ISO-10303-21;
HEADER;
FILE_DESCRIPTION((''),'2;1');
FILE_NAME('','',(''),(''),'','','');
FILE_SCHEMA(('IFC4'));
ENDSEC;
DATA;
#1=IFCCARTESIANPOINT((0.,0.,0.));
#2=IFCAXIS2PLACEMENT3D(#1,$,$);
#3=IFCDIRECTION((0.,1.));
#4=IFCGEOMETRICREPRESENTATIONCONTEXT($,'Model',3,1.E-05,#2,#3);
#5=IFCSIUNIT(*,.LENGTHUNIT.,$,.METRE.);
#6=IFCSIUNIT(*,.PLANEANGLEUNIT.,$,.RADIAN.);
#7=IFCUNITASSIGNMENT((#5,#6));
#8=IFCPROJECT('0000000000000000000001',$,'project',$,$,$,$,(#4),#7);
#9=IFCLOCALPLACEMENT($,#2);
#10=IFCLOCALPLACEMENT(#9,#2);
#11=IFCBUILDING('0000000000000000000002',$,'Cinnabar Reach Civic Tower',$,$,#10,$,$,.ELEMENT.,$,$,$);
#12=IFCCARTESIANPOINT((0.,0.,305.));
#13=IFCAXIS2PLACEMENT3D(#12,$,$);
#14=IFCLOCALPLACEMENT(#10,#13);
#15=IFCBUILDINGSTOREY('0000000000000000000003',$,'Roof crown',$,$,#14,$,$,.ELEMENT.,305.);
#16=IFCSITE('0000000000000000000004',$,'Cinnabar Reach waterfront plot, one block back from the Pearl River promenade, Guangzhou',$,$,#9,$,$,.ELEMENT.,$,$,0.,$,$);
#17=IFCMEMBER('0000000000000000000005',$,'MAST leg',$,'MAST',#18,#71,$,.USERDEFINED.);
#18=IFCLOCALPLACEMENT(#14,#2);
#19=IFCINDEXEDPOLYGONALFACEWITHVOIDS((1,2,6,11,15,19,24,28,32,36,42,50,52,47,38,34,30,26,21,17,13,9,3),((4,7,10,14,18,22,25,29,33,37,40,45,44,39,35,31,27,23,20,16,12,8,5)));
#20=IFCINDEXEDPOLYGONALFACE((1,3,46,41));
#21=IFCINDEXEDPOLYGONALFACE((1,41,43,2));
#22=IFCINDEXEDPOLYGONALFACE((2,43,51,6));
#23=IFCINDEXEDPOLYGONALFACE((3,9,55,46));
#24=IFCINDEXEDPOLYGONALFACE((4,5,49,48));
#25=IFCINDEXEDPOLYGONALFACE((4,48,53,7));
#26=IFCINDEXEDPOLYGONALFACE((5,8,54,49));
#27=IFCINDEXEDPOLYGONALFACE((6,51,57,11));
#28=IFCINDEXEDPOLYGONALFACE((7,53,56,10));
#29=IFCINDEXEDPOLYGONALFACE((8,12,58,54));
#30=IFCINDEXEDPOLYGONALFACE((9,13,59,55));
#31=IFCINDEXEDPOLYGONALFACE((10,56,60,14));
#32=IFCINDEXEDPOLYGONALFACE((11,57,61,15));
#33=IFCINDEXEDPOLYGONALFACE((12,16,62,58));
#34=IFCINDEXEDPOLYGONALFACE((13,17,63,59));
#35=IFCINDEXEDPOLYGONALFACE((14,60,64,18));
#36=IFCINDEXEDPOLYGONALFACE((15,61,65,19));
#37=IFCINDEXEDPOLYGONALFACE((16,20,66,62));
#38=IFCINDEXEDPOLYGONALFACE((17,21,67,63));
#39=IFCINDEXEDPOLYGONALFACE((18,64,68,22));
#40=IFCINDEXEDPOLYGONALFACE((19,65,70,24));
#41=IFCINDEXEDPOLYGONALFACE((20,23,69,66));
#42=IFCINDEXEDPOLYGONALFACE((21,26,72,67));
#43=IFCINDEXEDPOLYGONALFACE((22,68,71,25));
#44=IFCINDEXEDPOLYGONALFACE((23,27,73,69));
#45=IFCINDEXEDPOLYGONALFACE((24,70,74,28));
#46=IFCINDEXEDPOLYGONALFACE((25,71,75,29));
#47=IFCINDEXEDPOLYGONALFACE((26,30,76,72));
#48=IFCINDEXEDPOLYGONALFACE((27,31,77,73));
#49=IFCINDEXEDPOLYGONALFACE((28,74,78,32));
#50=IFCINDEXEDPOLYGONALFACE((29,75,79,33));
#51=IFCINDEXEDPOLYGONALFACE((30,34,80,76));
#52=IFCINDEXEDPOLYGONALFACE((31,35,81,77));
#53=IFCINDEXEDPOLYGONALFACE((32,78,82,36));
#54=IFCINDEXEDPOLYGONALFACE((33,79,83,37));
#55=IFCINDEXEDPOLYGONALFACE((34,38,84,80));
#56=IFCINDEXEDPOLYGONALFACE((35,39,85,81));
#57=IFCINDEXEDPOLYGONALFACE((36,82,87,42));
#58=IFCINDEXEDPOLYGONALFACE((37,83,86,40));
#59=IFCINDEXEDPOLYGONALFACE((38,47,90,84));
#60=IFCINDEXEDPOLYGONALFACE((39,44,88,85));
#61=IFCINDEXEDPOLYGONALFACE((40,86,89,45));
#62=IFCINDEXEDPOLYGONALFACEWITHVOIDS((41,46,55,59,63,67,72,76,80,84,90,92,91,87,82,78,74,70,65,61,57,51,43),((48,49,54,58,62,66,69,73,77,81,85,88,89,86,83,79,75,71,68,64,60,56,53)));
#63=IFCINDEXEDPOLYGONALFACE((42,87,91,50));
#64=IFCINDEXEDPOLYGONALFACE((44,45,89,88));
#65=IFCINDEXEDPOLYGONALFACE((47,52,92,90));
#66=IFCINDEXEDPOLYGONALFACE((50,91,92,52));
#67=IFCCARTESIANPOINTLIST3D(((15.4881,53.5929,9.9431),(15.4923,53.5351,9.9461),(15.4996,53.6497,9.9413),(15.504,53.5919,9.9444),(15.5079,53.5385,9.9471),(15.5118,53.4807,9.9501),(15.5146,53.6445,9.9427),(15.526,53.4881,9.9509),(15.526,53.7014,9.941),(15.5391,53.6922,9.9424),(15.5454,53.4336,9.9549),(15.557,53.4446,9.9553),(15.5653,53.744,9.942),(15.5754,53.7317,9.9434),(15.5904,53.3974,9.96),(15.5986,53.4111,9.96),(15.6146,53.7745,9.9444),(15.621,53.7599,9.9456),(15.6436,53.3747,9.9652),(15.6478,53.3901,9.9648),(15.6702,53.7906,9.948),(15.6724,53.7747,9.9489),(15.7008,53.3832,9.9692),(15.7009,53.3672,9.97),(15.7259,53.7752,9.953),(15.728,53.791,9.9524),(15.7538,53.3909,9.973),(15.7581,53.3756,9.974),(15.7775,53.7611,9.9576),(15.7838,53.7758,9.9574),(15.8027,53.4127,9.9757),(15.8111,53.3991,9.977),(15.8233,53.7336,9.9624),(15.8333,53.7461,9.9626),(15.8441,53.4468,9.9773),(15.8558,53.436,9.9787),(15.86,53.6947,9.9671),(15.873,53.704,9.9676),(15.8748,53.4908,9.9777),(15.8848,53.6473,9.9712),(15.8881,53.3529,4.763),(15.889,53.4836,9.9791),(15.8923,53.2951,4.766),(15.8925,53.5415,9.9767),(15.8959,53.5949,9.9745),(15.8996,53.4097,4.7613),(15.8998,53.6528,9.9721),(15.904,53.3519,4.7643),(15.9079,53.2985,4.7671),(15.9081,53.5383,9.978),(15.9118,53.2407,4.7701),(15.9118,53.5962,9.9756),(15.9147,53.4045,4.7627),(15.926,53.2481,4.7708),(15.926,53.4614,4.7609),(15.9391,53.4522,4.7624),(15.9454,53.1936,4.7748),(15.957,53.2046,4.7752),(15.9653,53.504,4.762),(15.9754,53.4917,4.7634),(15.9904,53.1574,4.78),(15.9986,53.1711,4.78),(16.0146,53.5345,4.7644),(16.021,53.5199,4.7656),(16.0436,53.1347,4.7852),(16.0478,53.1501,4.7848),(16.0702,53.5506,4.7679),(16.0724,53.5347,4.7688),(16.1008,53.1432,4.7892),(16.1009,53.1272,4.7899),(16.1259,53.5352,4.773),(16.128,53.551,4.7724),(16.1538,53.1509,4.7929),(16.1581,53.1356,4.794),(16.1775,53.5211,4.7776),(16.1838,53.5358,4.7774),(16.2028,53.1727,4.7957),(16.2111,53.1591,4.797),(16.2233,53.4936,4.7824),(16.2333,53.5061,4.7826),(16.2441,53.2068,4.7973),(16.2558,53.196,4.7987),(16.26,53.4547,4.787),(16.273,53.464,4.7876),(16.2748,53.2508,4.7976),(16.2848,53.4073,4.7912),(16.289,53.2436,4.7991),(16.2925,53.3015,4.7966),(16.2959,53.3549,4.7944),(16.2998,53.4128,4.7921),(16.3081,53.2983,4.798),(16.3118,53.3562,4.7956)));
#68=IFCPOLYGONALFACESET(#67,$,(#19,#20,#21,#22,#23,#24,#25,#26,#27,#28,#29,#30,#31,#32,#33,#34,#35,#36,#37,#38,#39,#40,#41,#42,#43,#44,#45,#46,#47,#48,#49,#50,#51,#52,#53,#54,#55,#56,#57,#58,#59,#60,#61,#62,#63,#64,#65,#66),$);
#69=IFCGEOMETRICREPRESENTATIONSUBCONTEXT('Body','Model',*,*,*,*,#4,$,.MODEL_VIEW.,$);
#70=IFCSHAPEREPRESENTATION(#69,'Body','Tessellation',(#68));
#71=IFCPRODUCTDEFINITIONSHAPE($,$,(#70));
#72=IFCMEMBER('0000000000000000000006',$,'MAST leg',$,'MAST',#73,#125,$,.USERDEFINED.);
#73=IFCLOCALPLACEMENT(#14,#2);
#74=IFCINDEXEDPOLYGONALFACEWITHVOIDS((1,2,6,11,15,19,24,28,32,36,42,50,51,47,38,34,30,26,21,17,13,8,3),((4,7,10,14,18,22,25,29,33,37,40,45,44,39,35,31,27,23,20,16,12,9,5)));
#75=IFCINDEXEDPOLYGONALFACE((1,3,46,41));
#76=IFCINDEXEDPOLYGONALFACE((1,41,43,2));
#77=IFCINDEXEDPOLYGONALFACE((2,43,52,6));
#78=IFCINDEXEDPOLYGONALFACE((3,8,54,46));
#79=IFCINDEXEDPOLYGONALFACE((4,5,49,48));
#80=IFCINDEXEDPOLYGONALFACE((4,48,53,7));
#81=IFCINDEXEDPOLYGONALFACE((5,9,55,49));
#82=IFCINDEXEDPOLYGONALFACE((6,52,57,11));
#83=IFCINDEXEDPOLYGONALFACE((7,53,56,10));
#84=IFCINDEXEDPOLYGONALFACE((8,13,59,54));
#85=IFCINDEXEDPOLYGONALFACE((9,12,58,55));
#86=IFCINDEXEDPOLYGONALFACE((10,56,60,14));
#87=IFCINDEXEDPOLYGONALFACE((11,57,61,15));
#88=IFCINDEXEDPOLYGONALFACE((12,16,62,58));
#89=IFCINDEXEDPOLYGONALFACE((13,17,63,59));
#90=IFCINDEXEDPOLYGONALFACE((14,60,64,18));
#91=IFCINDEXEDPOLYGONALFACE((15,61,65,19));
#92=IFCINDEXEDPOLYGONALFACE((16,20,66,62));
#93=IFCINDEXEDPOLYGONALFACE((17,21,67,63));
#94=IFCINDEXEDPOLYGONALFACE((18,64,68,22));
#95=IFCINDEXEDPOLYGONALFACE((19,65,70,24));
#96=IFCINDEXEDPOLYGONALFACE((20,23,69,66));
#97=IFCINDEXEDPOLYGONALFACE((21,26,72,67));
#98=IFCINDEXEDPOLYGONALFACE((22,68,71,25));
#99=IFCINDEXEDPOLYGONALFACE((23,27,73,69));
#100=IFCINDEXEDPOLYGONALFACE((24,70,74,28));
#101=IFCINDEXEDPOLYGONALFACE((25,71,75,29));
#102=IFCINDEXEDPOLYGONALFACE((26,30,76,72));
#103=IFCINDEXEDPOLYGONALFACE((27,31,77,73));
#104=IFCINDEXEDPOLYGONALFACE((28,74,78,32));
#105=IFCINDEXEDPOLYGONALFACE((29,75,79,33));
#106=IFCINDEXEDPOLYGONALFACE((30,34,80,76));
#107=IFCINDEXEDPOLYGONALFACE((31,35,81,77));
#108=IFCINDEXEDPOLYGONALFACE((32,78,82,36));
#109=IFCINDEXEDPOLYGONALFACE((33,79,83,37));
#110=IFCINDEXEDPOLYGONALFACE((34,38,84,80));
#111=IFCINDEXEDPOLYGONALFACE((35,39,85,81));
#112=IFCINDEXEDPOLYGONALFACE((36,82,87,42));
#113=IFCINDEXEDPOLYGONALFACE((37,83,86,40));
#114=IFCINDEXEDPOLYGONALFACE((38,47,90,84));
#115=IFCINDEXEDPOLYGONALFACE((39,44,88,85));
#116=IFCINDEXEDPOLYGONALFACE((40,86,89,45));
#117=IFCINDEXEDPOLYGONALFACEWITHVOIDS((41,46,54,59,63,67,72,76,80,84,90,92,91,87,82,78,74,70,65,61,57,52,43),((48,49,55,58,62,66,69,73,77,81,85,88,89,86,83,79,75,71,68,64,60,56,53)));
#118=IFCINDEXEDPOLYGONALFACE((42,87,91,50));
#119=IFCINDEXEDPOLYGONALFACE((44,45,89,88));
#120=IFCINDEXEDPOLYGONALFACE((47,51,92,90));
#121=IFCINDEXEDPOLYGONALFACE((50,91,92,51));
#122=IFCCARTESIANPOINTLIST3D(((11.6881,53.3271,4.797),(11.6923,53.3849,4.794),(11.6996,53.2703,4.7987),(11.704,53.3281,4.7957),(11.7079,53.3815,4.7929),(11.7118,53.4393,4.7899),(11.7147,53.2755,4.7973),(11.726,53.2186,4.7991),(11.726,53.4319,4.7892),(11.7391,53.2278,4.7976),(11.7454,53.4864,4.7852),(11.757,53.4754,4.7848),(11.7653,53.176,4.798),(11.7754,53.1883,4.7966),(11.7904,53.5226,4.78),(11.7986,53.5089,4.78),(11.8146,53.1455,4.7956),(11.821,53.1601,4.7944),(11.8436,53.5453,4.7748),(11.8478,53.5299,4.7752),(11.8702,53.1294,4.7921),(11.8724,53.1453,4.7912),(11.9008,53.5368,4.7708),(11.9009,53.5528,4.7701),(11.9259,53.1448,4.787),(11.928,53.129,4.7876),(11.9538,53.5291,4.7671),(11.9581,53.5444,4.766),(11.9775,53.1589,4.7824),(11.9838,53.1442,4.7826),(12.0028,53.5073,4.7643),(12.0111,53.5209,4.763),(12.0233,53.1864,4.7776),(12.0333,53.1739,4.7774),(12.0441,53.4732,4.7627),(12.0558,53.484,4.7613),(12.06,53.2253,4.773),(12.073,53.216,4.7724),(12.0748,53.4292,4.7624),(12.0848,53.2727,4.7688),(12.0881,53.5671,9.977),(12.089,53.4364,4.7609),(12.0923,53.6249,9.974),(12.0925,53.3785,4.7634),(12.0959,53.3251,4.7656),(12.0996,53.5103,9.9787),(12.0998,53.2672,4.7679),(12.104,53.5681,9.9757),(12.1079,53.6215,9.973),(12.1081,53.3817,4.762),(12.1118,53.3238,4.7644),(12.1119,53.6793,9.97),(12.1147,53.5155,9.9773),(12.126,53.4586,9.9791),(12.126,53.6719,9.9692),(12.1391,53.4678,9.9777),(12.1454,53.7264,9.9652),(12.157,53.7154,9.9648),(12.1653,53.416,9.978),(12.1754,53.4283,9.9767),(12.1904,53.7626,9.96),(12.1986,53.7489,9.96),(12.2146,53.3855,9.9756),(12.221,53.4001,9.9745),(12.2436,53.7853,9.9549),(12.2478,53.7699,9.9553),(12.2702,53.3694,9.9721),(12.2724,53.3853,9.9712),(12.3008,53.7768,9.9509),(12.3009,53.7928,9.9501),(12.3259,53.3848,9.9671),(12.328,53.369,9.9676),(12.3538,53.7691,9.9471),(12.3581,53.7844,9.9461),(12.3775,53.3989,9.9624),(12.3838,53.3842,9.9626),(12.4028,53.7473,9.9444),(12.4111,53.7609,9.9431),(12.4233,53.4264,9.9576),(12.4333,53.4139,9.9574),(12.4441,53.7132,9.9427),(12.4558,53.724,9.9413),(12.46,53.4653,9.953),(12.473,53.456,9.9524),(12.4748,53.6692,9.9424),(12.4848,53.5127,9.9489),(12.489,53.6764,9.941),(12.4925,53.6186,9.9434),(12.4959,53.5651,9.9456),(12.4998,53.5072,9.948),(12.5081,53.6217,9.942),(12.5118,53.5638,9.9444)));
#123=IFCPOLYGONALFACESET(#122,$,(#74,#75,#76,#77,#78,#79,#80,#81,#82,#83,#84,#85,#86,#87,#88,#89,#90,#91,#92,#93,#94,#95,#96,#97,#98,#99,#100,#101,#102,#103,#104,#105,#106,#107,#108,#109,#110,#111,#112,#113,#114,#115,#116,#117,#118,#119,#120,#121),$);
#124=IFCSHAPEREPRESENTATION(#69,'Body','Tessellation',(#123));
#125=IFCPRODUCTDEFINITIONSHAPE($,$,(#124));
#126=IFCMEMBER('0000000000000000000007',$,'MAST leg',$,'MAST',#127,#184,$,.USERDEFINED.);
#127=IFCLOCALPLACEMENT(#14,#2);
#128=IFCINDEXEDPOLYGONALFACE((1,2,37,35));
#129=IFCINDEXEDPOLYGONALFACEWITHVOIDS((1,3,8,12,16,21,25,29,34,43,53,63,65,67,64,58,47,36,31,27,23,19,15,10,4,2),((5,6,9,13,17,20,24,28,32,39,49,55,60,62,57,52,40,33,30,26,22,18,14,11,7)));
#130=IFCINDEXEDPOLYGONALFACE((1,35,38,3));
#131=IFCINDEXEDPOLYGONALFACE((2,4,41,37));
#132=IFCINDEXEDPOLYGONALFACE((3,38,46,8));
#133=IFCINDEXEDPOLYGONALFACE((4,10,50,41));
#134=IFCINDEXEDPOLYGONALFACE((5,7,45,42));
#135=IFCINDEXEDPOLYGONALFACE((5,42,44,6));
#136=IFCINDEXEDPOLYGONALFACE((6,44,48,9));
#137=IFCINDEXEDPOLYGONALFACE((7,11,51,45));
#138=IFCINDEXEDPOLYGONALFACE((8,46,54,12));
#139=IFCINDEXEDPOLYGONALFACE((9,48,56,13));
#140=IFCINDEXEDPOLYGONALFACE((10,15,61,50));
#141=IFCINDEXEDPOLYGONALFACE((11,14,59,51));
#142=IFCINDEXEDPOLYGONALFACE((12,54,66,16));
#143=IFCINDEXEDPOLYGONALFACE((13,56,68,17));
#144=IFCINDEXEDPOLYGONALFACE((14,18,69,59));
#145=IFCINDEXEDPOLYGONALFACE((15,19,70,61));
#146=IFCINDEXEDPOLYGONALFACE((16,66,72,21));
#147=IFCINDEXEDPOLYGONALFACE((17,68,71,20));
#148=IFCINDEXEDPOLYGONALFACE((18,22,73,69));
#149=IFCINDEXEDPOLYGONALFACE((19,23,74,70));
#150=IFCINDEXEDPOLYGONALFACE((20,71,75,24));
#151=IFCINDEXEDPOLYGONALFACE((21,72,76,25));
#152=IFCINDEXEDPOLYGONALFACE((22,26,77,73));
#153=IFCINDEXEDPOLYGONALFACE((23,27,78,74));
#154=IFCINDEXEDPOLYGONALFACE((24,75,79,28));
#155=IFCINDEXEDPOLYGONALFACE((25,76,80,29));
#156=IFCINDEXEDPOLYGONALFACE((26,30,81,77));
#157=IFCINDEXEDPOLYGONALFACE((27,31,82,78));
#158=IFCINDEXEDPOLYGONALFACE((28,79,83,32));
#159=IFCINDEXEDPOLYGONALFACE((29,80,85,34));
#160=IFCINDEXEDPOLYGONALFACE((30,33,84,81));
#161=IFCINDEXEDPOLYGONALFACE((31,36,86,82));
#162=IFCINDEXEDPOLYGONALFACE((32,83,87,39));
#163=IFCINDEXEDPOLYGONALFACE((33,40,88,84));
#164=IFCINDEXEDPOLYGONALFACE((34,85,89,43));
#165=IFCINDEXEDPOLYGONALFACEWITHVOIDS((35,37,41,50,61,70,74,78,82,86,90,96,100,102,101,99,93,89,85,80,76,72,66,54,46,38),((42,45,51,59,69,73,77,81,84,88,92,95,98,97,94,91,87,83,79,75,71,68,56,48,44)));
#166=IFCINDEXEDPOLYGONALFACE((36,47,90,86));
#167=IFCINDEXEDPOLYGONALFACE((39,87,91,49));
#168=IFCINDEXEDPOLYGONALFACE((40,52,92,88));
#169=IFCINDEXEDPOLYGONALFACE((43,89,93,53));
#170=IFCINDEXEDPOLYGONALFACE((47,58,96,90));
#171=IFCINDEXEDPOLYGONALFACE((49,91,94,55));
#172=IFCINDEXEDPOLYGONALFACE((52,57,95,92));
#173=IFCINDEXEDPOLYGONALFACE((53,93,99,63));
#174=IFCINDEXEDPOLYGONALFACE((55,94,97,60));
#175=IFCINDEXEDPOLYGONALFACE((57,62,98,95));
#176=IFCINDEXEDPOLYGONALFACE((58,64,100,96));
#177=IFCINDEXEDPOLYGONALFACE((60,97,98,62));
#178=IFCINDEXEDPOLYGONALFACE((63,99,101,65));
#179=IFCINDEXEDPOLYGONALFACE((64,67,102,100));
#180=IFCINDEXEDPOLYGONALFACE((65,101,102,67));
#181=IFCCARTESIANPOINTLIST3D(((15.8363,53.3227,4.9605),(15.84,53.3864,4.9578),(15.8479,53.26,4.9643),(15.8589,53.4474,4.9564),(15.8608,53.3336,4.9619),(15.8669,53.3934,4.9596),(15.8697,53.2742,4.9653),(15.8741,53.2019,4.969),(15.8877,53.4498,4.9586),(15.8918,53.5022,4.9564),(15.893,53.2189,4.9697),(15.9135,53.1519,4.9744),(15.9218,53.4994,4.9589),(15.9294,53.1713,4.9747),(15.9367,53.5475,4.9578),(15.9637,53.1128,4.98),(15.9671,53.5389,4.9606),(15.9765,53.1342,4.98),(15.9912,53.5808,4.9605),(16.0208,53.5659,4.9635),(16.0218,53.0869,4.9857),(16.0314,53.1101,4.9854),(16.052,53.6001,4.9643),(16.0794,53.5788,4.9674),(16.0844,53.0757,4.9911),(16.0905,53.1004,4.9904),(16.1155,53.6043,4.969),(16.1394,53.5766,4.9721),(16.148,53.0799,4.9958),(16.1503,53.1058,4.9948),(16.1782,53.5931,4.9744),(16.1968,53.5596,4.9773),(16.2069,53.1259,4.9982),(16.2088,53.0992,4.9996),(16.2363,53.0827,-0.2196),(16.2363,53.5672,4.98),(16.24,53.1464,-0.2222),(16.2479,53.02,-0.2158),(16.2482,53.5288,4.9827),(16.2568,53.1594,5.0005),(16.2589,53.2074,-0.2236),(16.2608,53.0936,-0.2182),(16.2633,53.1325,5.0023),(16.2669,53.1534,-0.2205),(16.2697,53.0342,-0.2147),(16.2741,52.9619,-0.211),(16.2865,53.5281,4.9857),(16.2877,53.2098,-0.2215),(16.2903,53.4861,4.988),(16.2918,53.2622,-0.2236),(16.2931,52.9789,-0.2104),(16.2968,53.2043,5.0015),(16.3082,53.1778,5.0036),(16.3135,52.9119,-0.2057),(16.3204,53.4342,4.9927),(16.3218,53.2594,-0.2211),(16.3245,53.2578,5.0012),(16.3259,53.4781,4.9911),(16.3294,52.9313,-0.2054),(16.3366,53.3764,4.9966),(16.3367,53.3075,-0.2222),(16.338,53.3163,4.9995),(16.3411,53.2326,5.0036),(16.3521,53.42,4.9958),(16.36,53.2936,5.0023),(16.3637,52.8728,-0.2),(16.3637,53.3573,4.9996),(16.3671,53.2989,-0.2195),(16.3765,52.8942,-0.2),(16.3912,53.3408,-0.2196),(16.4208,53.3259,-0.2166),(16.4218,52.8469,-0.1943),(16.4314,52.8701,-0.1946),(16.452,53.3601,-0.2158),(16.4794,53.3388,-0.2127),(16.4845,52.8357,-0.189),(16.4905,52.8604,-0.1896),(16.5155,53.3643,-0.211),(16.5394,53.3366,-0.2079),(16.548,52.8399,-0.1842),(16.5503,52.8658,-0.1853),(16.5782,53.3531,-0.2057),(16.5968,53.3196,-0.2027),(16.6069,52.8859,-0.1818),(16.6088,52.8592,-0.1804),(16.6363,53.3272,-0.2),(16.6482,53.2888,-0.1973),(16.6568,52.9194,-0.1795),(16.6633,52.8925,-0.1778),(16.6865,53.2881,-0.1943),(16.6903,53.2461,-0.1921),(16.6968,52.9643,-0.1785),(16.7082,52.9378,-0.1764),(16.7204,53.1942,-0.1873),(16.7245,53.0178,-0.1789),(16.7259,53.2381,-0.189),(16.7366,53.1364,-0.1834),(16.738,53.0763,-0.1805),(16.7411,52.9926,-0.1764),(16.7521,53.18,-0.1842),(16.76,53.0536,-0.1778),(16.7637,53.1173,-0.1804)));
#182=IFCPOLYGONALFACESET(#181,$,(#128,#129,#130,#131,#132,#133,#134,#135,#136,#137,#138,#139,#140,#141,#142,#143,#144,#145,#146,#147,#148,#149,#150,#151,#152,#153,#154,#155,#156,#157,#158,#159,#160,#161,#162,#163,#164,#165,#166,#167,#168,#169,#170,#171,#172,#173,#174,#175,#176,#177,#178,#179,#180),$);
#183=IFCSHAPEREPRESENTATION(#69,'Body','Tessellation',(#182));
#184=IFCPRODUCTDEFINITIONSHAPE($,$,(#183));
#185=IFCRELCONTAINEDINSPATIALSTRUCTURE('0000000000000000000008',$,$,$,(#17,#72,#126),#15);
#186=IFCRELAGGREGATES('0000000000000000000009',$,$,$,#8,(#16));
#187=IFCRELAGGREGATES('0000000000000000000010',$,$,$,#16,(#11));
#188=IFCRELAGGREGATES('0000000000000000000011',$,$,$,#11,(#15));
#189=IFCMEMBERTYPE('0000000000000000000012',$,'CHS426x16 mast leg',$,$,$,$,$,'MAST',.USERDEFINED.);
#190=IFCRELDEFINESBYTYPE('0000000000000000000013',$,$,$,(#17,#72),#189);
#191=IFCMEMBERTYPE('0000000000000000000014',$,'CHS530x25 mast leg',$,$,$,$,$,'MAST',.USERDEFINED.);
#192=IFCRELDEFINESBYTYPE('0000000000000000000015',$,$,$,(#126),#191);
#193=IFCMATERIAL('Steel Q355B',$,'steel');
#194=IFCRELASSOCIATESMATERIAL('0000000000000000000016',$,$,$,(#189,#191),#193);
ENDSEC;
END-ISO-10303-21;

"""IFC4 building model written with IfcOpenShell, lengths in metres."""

from ifc_helpers import new_model, si_unit, direction, frame, origin, origin_2d, place, context, subcontext, project, spatial, hollow_circle, extrude, material, material_profile, profile_set, type_object, element, save


model = new_model("IFC4")

# Units and contexts
model_context = context("Model", 3, precision=1e-05, world=origin(), true_north=direction((0.0, 1.0)))
body_context = subcontext(model_context, "Body", "Model", "MODEL_VIEW")
ifc_project = project(units=[si_unit("LENGTHUNIT", "METRE"), si_unit("PLANEANGLEUNIT", "RADIAN")], contexts=[model_context])

# Site, building, storey
site_placement = place(None, origin())
site = spatial("IfcSite", under=ifc_project, at=site_placement, Name="Cinnabar Reach waterfront plot, one block back from the Pearl River promenade, Guangzhou", CompositionType="ELEMENT", RefElevation=0.0)
building_placement = place(site_placement, origin())
building = spatial("IfcBuilding", under=site, at=building_placement, Name="Cinnabar Reach Civic Tower", CompositionType="ELEMENT")
storey_placement = place(building_placement, frame((0.0, 0.0, 305.0)))
storey = spatial("IfcBuildingStorey", under=building, at=storey_placement, Name="Roof crown", CompositionType="ELEMENT", Elevation=305.0)

# Members
ifc_material_1 = material(Name="Steel Q355B", Category="steel")
ifc_material_profile_1 = material_profile(ifc_material_1, hollow_circle(Radius=0.213, WallThickness=0.016, at=origin_2d()), Name="CHS426x16")
ifc_profile_set_1 = profile_set([ifc_material_profile_1], Name="Steel Q355B")
member_type_1 = type_object("IfcMemberType", Name="CHS426x16 mast leg", ElementType="MAST", PredefinedType="USERDEFINED", material=ifc_profile_set_1)
for number, where, z_axis, x_axis, name in (
    (1, (16.1, 53.34, 4.78), (-0.076909, 0.046145, 0.99597), (-0.514496, -0.857493, 0.0), "MAST leg"),
    (2, (11.9, 53.34, 4.78), (0.076909, 0.046145, 0.99597), (-0.514496, 0.857493, 0.0), "MAST leg"),
):
    element("IfcMember", number, at=place(storey_placement, frame(where, z_axis=z_axis, x_axis=x_axis)), inside=storey, type_object=member_type_1, Name=name, ObjectType="MAST", PredefinedType="USERDEFINED", context=body_context, shape_type="SweptSolid", body=[
        extrude(hollow_circle(Radius=0.213, WallThickness=0.016, at=origin_2d()), origin(), (0.0, 0.0, 1.0), 5.201),
    ])
ifc_material_profile_2 = material_profile(ifc_material_1, hollow_circle(Radius=0.265, WallThickness=0.025, at=origin_2d()), Name="CHS530x25")
ifc_profile_set_2 = profile_set([ifc_material_profile_2], Name="Steel Q355B")
member_type_2 = type_object("IfcMemberType", Name="CHS530x25 mast leg", ElementType="MAST", PredefinedType="USERDEFINED", material=ifc_profile_set_2)
for number, where, z_axis, x_axis, name in (
    (3, (16.5, 53.1, -0.2), (-0.076909, 0.046145, 0.99597), (-0.514496, -0.857493, 0.0), "MAST leg"),
):
    element("IfcMember", number, at=place(storey_placement, frame(where, z_axis=z_axis, x_axis=x_axis)), inside=storey, type_object=member_type_2, Name=name, ObjectType="MAST", PredefinedType="USERDEFINED", context=body_context, shape_type="SweptSolid", body=[
        extrude(hollow_circle(Radius=0.265, WallThickness=0.025, at=origin_2d()), origin(), (0.0, 0.0, 1.0), 5.201),
    ])

save(model, "model.ifc")
